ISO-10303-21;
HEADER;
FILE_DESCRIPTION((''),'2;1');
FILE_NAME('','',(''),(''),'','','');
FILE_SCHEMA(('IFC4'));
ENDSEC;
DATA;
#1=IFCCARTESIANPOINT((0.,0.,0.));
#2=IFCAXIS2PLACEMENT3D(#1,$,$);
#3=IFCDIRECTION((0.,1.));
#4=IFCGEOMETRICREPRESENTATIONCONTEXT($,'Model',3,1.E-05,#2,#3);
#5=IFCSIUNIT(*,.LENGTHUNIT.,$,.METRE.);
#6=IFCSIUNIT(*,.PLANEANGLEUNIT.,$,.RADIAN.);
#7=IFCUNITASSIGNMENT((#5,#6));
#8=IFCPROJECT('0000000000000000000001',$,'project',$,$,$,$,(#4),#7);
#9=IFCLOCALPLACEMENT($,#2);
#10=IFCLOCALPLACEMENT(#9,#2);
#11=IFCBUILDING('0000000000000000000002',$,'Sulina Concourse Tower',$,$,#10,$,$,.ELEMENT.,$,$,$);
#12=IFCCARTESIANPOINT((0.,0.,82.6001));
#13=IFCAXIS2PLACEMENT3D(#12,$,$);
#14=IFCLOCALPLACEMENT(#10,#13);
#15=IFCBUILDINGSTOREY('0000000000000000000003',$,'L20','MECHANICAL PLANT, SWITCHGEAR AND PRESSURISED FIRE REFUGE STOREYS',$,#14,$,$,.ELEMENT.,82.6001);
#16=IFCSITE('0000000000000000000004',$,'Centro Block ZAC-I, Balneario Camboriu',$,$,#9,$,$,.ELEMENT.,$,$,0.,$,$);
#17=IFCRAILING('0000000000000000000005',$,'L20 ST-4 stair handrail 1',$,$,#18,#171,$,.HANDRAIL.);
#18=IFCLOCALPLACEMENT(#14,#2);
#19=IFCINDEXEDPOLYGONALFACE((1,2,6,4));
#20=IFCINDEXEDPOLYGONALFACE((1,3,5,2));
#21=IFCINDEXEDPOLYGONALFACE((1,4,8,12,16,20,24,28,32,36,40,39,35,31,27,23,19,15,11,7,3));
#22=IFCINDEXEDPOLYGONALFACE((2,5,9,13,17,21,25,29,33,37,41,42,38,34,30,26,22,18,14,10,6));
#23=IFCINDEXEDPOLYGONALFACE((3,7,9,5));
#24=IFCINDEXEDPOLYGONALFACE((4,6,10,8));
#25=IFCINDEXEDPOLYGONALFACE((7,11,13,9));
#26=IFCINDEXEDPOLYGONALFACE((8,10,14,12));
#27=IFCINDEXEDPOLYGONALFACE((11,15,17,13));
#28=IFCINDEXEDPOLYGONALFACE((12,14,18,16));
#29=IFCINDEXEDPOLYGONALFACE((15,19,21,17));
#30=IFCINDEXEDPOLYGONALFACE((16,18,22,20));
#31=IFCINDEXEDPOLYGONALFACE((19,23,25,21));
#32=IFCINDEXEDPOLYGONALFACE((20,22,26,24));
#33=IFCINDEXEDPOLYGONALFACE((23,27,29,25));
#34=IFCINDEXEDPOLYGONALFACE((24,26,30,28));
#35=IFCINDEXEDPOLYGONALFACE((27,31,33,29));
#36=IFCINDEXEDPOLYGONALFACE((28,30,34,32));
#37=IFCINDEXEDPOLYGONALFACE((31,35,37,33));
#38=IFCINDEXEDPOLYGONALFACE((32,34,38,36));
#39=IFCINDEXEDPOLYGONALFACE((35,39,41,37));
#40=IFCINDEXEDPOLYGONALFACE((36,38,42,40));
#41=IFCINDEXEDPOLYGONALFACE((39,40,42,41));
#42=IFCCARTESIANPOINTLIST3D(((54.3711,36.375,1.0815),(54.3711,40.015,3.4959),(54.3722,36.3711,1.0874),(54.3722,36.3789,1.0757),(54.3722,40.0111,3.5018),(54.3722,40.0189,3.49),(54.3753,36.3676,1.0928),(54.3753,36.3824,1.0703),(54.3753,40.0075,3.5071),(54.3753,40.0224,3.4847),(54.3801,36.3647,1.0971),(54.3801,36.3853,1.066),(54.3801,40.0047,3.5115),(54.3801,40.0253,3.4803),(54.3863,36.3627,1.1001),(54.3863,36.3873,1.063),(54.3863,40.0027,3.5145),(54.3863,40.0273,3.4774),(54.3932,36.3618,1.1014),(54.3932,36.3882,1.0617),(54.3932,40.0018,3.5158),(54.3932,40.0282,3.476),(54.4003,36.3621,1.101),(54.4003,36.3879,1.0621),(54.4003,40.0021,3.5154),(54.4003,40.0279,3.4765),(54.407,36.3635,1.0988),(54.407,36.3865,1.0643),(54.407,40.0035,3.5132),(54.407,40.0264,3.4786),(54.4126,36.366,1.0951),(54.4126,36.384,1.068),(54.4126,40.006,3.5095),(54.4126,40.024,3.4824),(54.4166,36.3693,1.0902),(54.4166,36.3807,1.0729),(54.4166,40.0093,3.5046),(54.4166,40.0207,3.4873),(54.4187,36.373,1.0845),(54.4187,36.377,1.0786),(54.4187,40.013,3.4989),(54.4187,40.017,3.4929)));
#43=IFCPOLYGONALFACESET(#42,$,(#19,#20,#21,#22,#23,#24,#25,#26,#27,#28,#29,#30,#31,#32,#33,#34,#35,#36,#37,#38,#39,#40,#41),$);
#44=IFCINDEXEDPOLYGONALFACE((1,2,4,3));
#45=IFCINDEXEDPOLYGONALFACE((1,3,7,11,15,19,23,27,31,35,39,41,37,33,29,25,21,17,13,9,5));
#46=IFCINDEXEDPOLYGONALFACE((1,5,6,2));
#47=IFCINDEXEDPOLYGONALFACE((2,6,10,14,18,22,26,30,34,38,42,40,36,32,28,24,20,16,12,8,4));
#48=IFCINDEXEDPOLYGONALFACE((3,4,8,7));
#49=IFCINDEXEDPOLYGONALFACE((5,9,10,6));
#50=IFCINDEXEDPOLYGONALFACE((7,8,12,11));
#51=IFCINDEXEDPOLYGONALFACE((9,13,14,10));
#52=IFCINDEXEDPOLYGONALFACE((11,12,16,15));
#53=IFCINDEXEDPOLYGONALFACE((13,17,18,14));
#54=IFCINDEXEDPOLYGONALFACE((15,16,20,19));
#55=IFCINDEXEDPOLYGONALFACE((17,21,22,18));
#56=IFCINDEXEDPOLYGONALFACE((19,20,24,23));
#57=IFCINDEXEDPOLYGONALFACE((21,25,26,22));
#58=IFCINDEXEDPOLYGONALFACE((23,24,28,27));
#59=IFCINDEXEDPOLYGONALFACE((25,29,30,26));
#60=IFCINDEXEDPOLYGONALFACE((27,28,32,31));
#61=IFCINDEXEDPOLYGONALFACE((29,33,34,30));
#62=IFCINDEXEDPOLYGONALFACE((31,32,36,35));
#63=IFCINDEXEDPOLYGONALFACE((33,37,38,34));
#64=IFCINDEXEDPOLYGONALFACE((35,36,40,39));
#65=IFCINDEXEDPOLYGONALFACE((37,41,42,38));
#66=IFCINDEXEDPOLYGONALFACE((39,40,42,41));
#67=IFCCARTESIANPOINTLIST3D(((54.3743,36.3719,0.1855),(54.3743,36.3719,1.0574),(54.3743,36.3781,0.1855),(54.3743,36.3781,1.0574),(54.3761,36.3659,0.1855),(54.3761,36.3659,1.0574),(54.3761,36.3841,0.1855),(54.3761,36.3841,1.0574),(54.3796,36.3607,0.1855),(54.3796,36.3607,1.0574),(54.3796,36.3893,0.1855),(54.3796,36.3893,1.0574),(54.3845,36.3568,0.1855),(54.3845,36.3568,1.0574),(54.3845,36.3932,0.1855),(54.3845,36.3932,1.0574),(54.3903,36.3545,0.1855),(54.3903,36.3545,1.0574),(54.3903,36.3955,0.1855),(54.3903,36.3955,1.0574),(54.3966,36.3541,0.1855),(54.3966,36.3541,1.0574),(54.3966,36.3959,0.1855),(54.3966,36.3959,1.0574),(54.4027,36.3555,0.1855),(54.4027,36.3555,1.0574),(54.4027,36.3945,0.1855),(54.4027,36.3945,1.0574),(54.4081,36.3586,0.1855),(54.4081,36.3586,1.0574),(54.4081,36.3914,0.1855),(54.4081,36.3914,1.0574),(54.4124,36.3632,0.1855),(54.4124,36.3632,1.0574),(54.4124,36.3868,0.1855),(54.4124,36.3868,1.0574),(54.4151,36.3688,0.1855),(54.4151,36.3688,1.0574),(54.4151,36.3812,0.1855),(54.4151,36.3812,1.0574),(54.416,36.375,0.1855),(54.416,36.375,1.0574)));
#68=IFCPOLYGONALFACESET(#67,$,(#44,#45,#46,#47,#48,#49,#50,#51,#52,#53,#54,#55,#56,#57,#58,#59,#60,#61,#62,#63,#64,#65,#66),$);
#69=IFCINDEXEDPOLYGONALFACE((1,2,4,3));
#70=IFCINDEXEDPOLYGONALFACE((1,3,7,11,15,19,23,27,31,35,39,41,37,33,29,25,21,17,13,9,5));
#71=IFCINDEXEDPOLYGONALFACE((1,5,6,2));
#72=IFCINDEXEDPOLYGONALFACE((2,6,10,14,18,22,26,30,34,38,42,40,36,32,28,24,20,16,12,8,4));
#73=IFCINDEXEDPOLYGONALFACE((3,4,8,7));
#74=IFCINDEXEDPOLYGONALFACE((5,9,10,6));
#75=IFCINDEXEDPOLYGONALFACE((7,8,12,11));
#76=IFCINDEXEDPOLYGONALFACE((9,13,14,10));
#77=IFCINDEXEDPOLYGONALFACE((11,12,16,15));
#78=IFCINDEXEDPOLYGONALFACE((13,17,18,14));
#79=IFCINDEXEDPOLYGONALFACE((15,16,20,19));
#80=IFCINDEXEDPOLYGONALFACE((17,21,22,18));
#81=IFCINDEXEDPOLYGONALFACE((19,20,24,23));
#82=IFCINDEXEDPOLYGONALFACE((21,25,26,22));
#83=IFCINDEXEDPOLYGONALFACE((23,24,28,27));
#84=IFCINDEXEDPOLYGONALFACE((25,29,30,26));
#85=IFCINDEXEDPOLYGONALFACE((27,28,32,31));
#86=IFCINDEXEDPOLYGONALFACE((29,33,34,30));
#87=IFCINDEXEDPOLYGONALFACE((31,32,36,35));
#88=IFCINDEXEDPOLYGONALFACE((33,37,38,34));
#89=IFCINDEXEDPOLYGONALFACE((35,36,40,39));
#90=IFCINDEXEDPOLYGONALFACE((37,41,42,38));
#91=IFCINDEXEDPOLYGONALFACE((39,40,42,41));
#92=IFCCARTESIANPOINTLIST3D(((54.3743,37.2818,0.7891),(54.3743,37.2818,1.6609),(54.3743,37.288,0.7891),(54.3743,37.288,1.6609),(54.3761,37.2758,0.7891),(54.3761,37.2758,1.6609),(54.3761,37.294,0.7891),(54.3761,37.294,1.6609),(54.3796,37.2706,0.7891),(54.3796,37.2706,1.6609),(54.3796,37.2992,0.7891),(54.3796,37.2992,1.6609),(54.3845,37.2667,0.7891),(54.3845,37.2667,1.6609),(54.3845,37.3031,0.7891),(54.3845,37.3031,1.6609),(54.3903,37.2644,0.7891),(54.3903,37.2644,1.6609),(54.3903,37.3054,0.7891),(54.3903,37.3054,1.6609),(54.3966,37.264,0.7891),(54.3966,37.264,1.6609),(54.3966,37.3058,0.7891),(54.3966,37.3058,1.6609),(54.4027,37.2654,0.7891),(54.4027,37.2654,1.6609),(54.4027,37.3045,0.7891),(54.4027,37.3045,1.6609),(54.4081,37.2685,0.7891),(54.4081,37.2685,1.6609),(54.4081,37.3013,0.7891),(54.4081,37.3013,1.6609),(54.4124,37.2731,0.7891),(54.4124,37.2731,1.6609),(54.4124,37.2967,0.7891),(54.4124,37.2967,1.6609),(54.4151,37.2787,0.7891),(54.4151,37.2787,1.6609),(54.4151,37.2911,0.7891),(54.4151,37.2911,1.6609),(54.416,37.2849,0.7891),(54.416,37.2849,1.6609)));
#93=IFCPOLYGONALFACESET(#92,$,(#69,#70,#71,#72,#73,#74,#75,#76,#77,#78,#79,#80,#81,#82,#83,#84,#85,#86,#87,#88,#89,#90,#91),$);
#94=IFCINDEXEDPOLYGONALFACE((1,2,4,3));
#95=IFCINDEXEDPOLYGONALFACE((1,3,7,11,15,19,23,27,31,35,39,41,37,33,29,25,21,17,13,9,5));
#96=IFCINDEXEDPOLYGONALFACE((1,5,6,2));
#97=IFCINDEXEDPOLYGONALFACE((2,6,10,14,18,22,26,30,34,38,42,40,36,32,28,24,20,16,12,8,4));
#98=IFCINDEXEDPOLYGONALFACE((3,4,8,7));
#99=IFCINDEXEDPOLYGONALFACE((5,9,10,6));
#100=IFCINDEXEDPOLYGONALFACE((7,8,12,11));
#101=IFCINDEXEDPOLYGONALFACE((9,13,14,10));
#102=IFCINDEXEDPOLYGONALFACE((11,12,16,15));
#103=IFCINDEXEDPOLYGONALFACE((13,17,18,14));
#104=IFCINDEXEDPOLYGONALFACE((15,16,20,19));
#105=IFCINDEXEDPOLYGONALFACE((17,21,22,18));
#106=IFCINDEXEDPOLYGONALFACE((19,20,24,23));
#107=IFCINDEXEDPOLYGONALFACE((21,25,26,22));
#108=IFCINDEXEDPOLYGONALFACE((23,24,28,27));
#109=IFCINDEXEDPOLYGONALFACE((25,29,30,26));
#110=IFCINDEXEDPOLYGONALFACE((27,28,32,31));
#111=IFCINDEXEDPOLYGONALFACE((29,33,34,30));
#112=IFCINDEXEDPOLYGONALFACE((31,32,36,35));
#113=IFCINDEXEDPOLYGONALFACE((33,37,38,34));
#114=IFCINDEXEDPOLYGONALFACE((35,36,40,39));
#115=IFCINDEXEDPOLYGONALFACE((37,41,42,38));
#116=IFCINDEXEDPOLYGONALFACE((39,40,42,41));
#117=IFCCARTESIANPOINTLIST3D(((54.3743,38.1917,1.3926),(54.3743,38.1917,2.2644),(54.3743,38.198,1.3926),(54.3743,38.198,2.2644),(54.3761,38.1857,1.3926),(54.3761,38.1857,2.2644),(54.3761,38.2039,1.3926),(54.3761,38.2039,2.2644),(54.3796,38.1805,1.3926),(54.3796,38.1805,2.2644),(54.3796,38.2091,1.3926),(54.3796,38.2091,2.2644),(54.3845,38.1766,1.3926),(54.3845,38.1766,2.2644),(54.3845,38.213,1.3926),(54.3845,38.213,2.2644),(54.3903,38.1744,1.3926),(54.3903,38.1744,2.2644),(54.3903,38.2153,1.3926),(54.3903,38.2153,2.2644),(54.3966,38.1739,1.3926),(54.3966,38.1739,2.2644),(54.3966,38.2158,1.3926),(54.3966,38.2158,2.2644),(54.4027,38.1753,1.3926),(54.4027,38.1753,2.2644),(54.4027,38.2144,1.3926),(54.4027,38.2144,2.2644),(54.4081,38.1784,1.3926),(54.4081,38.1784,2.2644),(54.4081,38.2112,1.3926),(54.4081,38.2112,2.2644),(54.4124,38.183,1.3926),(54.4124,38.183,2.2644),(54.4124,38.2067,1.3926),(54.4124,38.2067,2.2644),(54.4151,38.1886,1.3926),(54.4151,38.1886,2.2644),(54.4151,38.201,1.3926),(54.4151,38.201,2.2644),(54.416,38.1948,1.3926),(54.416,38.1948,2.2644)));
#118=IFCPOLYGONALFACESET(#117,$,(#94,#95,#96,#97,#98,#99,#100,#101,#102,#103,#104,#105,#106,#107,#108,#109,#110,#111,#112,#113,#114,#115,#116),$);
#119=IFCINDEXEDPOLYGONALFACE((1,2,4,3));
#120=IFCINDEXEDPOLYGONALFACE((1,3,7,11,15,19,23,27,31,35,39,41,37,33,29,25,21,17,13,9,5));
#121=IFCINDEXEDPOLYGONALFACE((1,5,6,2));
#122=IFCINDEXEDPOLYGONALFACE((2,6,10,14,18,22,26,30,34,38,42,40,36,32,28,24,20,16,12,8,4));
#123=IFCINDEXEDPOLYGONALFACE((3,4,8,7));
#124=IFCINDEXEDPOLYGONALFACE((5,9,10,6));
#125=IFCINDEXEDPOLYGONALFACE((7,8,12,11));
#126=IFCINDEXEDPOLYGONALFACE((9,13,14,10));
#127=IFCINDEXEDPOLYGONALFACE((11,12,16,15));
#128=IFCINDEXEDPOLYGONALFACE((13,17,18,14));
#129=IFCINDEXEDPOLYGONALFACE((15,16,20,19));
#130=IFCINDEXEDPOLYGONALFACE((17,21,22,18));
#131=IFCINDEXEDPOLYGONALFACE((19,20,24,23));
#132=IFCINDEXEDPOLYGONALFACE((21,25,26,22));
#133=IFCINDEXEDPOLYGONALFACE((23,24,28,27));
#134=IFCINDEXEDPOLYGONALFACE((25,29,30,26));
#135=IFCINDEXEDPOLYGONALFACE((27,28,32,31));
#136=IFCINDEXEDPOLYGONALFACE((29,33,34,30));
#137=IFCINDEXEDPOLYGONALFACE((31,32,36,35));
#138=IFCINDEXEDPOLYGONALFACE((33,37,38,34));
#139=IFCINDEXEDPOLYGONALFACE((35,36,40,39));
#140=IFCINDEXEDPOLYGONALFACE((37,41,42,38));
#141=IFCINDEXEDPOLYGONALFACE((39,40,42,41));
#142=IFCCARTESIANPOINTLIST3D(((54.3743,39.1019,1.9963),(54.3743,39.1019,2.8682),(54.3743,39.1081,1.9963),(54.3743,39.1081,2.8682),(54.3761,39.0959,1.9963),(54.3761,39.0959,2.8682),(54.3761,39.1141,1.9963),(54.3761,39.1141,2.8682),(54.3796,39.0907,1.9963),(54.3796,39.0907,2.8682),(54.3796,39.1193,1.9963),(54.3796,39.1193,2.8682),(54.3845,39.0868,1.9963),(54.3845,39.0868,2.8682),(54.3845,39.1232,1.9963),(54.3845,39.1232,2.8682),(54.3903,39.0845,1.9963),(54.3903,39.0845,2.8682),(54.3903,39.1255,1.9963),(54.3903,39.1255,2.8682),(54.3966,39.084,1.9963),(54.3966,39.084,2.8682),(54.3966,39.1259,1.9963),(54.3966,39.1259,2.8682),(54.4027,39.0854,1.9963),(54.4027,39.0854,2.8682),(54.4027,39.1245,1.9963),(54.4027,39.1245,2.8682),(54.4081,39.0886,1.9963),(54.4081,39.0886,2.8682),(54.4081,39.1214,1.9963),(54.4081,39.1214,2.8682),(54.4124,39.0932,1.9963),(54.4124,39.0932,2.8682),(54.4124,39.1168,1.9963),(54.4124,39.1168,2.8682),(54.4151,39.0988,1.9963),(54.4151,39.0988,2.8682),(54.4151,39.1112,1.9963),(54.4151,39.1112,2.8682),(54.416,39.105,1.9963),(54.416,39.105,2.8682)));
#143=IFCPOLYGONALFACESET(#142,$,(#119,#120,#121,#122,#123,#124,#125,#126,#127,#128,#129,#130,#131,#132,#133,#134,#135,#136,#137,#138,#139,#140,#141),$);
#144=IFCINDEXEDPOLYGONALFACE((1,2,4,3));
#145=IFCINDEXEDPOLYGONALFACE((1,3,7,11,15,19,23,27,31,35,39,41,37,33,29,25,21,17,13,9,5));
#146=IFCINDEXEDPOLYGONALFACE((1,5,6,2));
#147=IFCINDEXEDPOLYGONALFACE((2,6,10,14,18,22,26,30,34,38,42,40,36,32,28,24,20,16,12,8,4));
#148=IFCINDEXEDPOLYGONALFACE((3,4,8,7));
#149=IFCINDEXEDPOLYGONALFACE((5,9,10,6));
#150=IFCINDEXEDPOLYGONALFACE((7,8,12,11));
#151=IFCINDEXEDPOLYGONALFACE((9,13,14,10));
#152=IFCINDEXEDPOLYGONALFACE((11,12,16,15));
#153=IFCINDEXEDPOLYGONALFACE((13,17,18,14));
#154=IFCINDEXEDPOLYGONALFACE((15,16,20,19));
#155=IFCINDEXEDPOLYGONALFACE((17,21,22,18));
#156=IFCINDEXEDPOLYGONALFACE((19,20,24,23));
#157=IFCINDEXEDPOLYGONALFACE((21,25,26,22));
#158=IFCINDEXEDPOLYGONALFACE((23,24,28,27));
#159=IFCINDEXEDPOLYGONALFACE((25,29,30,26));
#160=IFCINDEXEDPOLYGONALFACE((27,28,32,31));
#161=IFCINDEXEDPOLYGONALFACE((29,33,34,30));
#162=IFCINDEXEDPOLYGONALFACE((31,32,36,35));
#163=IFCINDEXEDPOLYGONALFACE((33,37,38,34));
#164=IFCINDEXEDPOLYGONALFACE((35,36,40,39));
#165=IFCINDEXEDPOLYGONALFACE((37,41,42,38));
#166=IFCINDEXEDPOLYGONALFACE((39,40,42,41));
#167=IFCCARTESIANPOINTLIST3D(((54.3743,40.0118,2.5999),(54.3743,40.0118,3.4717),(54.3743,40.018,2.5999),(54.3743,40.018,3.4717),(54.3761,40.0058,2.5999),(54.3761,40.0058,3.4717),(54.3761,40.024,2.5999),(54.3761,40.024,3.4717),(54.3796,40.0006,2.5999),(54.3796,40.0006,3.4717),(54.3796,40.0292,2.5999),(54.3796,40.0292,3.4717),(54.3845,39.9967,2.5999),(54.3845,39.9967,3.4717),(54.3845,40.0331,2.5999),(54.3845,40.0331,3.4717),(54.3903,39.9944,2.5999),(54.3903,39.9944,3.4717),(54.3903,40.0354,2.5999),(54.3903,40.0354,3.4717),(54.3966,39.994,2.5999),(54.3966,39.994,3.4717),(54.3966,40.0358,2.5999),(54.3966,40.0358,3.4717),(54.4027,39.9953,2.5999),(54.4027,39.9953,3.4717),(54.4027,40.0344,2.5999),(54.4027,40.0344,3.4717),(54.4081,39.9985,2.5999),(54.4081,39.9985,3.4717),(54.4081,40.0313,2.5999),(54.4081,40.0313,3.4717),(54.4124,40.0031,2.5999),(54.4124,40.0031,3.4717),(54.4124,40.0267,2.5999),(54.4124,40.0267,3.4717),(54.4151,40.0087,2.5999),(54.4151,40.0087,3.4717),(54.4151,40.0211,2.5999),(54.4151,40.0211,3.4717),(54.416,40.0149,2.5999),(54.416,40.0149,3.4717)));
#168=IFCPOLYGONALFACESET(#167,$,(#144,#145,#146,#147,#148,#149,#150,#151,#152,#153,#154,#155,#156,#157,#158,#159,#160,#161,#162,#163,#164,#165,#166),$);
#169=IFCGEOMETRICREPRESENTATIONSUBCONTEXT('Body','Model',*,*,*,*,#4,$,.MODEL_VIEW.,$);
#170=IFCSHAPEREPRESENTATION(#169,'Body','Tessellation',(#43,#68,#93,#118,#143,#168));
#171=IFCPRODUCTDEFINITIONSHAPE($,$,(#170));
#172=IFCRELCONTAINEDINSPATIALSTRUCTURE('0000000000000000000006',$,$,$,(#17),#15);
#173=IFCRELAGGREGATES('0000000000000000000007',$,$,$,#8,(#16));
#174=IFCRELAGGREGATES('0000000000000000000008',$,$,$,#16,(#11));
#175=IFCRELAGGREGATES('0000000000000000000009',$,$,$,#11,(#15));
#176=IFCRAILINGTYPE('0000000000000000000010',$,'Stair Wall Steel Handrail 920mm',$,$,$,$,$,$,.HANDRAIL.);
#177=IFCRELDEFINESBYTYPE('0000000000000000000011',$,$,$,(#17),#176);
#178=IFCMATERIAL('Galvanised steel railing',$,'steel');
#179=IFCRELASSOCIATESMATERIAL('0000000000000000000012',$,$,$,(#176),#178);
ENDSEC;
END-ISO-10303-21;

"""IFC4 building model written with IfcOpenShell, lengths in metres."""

from ifc_helpers import new_model, si_unit, direction, frame, origin, origin_2d, place, context, subcontext, project, spatial, circle, extrude, material, type_object, element, save


model = new_model("IFC4")

# Units and contexts
model_context = context("Model", 3, precision=1e-05, world=origin(), true_north=direction((0.0, 1.0)))
body_context = subcontext(model_context, "Body", "Model", "MODEL_VIEW")
ifc_project = project(units=[si_unit("LENGTHUNIT", "METRE"), si_unit("PLANEANGLEUNIT", "RADIAN")], contexts=[model_context])

# Site, building, storey
site_placement = place(None, origin())
site = spatial("IfcSite", under=ifc_project, at=site_placement, Name="Centro Block ZAC-I, Balneario Camboriu", CompositionType="ELEMENT", RefElevation=0.0)
building_placement = place(site_placement, origin())
building = spatial("IfcBuilding", under=site, at=building_placement, Name="Sulina Concourse Tower", CompositionType="ELEMENT")
storey_placement = place(building_placement, frame((0.0, 0.0, 82.6001)))
storey = spatial("IfcBuildingStorey", under=building, at=storey_placement, Name="L20", Description="MECHANICAL PLANT, SWITCHGEAR AND PRESSURISED FIRE REFUGE STOREYS", CompositionType="ELEMENT", Elevation=82.6001)

# Railing
ifc_material_1 = material(Name="Galvanised steel railing", Category="steel")
railing_type_1 = type_object("IfcRailingType", Name="Stair Wall Steel Handrail 920mm", PredefinedType="HANDRAIL", material=ifc_material_1)
railing_1_placement = place(storey_placement, frame((54.395, 36.375, 0.1855)))
element("IfcRailing", 1, at=railing_1_placement, inside=storey, type_object=railing_type_1, Name="L20 ST-4 stair handrail 1", PredefinedType="HANDRAIL", context=body_context, shape_type="SweptSolid", body=[
    extrude(circle(Radius=0.0239, at=origin_2d()), frame((0.0, 0.0, 0.896), z_axis=(0.0, 0.833347, 0.552751), x_axis=(-1.0, 0.0, 0.0)), (0.0, 0.0, 1.0), 4.3679),
    extrude(circle(Radius=0.021, at=origin_2d()), origin(), (0.0, 0.0, 1.0), 0.8718),
    extrude(circle(Radius=0.021, at=origin_2d()), frame((0.0, 0.9099, 0.6035)), (0.0, 0.0, 1.0), 0.8718),
    extrude(circle(Radius=0.021, at=origin_2d()), frame((0.0, 1.8198, 1.207)), (0.0, 0.0, 1.0), 0.8718),
    extrude(circle(Radius=0.021, at=origin_2d()), frame((0.0, 2.73, 1.8108)), (0.0, 0.0, 1.0), 0.8718),
    extrude(circle(Radius=0.021, at=origin_2d()), frame((0.0, 3.6399, 2.4143)), (0.0, 0.0, 1.0), 0.8718),
])

save(model, "model.ifc")
